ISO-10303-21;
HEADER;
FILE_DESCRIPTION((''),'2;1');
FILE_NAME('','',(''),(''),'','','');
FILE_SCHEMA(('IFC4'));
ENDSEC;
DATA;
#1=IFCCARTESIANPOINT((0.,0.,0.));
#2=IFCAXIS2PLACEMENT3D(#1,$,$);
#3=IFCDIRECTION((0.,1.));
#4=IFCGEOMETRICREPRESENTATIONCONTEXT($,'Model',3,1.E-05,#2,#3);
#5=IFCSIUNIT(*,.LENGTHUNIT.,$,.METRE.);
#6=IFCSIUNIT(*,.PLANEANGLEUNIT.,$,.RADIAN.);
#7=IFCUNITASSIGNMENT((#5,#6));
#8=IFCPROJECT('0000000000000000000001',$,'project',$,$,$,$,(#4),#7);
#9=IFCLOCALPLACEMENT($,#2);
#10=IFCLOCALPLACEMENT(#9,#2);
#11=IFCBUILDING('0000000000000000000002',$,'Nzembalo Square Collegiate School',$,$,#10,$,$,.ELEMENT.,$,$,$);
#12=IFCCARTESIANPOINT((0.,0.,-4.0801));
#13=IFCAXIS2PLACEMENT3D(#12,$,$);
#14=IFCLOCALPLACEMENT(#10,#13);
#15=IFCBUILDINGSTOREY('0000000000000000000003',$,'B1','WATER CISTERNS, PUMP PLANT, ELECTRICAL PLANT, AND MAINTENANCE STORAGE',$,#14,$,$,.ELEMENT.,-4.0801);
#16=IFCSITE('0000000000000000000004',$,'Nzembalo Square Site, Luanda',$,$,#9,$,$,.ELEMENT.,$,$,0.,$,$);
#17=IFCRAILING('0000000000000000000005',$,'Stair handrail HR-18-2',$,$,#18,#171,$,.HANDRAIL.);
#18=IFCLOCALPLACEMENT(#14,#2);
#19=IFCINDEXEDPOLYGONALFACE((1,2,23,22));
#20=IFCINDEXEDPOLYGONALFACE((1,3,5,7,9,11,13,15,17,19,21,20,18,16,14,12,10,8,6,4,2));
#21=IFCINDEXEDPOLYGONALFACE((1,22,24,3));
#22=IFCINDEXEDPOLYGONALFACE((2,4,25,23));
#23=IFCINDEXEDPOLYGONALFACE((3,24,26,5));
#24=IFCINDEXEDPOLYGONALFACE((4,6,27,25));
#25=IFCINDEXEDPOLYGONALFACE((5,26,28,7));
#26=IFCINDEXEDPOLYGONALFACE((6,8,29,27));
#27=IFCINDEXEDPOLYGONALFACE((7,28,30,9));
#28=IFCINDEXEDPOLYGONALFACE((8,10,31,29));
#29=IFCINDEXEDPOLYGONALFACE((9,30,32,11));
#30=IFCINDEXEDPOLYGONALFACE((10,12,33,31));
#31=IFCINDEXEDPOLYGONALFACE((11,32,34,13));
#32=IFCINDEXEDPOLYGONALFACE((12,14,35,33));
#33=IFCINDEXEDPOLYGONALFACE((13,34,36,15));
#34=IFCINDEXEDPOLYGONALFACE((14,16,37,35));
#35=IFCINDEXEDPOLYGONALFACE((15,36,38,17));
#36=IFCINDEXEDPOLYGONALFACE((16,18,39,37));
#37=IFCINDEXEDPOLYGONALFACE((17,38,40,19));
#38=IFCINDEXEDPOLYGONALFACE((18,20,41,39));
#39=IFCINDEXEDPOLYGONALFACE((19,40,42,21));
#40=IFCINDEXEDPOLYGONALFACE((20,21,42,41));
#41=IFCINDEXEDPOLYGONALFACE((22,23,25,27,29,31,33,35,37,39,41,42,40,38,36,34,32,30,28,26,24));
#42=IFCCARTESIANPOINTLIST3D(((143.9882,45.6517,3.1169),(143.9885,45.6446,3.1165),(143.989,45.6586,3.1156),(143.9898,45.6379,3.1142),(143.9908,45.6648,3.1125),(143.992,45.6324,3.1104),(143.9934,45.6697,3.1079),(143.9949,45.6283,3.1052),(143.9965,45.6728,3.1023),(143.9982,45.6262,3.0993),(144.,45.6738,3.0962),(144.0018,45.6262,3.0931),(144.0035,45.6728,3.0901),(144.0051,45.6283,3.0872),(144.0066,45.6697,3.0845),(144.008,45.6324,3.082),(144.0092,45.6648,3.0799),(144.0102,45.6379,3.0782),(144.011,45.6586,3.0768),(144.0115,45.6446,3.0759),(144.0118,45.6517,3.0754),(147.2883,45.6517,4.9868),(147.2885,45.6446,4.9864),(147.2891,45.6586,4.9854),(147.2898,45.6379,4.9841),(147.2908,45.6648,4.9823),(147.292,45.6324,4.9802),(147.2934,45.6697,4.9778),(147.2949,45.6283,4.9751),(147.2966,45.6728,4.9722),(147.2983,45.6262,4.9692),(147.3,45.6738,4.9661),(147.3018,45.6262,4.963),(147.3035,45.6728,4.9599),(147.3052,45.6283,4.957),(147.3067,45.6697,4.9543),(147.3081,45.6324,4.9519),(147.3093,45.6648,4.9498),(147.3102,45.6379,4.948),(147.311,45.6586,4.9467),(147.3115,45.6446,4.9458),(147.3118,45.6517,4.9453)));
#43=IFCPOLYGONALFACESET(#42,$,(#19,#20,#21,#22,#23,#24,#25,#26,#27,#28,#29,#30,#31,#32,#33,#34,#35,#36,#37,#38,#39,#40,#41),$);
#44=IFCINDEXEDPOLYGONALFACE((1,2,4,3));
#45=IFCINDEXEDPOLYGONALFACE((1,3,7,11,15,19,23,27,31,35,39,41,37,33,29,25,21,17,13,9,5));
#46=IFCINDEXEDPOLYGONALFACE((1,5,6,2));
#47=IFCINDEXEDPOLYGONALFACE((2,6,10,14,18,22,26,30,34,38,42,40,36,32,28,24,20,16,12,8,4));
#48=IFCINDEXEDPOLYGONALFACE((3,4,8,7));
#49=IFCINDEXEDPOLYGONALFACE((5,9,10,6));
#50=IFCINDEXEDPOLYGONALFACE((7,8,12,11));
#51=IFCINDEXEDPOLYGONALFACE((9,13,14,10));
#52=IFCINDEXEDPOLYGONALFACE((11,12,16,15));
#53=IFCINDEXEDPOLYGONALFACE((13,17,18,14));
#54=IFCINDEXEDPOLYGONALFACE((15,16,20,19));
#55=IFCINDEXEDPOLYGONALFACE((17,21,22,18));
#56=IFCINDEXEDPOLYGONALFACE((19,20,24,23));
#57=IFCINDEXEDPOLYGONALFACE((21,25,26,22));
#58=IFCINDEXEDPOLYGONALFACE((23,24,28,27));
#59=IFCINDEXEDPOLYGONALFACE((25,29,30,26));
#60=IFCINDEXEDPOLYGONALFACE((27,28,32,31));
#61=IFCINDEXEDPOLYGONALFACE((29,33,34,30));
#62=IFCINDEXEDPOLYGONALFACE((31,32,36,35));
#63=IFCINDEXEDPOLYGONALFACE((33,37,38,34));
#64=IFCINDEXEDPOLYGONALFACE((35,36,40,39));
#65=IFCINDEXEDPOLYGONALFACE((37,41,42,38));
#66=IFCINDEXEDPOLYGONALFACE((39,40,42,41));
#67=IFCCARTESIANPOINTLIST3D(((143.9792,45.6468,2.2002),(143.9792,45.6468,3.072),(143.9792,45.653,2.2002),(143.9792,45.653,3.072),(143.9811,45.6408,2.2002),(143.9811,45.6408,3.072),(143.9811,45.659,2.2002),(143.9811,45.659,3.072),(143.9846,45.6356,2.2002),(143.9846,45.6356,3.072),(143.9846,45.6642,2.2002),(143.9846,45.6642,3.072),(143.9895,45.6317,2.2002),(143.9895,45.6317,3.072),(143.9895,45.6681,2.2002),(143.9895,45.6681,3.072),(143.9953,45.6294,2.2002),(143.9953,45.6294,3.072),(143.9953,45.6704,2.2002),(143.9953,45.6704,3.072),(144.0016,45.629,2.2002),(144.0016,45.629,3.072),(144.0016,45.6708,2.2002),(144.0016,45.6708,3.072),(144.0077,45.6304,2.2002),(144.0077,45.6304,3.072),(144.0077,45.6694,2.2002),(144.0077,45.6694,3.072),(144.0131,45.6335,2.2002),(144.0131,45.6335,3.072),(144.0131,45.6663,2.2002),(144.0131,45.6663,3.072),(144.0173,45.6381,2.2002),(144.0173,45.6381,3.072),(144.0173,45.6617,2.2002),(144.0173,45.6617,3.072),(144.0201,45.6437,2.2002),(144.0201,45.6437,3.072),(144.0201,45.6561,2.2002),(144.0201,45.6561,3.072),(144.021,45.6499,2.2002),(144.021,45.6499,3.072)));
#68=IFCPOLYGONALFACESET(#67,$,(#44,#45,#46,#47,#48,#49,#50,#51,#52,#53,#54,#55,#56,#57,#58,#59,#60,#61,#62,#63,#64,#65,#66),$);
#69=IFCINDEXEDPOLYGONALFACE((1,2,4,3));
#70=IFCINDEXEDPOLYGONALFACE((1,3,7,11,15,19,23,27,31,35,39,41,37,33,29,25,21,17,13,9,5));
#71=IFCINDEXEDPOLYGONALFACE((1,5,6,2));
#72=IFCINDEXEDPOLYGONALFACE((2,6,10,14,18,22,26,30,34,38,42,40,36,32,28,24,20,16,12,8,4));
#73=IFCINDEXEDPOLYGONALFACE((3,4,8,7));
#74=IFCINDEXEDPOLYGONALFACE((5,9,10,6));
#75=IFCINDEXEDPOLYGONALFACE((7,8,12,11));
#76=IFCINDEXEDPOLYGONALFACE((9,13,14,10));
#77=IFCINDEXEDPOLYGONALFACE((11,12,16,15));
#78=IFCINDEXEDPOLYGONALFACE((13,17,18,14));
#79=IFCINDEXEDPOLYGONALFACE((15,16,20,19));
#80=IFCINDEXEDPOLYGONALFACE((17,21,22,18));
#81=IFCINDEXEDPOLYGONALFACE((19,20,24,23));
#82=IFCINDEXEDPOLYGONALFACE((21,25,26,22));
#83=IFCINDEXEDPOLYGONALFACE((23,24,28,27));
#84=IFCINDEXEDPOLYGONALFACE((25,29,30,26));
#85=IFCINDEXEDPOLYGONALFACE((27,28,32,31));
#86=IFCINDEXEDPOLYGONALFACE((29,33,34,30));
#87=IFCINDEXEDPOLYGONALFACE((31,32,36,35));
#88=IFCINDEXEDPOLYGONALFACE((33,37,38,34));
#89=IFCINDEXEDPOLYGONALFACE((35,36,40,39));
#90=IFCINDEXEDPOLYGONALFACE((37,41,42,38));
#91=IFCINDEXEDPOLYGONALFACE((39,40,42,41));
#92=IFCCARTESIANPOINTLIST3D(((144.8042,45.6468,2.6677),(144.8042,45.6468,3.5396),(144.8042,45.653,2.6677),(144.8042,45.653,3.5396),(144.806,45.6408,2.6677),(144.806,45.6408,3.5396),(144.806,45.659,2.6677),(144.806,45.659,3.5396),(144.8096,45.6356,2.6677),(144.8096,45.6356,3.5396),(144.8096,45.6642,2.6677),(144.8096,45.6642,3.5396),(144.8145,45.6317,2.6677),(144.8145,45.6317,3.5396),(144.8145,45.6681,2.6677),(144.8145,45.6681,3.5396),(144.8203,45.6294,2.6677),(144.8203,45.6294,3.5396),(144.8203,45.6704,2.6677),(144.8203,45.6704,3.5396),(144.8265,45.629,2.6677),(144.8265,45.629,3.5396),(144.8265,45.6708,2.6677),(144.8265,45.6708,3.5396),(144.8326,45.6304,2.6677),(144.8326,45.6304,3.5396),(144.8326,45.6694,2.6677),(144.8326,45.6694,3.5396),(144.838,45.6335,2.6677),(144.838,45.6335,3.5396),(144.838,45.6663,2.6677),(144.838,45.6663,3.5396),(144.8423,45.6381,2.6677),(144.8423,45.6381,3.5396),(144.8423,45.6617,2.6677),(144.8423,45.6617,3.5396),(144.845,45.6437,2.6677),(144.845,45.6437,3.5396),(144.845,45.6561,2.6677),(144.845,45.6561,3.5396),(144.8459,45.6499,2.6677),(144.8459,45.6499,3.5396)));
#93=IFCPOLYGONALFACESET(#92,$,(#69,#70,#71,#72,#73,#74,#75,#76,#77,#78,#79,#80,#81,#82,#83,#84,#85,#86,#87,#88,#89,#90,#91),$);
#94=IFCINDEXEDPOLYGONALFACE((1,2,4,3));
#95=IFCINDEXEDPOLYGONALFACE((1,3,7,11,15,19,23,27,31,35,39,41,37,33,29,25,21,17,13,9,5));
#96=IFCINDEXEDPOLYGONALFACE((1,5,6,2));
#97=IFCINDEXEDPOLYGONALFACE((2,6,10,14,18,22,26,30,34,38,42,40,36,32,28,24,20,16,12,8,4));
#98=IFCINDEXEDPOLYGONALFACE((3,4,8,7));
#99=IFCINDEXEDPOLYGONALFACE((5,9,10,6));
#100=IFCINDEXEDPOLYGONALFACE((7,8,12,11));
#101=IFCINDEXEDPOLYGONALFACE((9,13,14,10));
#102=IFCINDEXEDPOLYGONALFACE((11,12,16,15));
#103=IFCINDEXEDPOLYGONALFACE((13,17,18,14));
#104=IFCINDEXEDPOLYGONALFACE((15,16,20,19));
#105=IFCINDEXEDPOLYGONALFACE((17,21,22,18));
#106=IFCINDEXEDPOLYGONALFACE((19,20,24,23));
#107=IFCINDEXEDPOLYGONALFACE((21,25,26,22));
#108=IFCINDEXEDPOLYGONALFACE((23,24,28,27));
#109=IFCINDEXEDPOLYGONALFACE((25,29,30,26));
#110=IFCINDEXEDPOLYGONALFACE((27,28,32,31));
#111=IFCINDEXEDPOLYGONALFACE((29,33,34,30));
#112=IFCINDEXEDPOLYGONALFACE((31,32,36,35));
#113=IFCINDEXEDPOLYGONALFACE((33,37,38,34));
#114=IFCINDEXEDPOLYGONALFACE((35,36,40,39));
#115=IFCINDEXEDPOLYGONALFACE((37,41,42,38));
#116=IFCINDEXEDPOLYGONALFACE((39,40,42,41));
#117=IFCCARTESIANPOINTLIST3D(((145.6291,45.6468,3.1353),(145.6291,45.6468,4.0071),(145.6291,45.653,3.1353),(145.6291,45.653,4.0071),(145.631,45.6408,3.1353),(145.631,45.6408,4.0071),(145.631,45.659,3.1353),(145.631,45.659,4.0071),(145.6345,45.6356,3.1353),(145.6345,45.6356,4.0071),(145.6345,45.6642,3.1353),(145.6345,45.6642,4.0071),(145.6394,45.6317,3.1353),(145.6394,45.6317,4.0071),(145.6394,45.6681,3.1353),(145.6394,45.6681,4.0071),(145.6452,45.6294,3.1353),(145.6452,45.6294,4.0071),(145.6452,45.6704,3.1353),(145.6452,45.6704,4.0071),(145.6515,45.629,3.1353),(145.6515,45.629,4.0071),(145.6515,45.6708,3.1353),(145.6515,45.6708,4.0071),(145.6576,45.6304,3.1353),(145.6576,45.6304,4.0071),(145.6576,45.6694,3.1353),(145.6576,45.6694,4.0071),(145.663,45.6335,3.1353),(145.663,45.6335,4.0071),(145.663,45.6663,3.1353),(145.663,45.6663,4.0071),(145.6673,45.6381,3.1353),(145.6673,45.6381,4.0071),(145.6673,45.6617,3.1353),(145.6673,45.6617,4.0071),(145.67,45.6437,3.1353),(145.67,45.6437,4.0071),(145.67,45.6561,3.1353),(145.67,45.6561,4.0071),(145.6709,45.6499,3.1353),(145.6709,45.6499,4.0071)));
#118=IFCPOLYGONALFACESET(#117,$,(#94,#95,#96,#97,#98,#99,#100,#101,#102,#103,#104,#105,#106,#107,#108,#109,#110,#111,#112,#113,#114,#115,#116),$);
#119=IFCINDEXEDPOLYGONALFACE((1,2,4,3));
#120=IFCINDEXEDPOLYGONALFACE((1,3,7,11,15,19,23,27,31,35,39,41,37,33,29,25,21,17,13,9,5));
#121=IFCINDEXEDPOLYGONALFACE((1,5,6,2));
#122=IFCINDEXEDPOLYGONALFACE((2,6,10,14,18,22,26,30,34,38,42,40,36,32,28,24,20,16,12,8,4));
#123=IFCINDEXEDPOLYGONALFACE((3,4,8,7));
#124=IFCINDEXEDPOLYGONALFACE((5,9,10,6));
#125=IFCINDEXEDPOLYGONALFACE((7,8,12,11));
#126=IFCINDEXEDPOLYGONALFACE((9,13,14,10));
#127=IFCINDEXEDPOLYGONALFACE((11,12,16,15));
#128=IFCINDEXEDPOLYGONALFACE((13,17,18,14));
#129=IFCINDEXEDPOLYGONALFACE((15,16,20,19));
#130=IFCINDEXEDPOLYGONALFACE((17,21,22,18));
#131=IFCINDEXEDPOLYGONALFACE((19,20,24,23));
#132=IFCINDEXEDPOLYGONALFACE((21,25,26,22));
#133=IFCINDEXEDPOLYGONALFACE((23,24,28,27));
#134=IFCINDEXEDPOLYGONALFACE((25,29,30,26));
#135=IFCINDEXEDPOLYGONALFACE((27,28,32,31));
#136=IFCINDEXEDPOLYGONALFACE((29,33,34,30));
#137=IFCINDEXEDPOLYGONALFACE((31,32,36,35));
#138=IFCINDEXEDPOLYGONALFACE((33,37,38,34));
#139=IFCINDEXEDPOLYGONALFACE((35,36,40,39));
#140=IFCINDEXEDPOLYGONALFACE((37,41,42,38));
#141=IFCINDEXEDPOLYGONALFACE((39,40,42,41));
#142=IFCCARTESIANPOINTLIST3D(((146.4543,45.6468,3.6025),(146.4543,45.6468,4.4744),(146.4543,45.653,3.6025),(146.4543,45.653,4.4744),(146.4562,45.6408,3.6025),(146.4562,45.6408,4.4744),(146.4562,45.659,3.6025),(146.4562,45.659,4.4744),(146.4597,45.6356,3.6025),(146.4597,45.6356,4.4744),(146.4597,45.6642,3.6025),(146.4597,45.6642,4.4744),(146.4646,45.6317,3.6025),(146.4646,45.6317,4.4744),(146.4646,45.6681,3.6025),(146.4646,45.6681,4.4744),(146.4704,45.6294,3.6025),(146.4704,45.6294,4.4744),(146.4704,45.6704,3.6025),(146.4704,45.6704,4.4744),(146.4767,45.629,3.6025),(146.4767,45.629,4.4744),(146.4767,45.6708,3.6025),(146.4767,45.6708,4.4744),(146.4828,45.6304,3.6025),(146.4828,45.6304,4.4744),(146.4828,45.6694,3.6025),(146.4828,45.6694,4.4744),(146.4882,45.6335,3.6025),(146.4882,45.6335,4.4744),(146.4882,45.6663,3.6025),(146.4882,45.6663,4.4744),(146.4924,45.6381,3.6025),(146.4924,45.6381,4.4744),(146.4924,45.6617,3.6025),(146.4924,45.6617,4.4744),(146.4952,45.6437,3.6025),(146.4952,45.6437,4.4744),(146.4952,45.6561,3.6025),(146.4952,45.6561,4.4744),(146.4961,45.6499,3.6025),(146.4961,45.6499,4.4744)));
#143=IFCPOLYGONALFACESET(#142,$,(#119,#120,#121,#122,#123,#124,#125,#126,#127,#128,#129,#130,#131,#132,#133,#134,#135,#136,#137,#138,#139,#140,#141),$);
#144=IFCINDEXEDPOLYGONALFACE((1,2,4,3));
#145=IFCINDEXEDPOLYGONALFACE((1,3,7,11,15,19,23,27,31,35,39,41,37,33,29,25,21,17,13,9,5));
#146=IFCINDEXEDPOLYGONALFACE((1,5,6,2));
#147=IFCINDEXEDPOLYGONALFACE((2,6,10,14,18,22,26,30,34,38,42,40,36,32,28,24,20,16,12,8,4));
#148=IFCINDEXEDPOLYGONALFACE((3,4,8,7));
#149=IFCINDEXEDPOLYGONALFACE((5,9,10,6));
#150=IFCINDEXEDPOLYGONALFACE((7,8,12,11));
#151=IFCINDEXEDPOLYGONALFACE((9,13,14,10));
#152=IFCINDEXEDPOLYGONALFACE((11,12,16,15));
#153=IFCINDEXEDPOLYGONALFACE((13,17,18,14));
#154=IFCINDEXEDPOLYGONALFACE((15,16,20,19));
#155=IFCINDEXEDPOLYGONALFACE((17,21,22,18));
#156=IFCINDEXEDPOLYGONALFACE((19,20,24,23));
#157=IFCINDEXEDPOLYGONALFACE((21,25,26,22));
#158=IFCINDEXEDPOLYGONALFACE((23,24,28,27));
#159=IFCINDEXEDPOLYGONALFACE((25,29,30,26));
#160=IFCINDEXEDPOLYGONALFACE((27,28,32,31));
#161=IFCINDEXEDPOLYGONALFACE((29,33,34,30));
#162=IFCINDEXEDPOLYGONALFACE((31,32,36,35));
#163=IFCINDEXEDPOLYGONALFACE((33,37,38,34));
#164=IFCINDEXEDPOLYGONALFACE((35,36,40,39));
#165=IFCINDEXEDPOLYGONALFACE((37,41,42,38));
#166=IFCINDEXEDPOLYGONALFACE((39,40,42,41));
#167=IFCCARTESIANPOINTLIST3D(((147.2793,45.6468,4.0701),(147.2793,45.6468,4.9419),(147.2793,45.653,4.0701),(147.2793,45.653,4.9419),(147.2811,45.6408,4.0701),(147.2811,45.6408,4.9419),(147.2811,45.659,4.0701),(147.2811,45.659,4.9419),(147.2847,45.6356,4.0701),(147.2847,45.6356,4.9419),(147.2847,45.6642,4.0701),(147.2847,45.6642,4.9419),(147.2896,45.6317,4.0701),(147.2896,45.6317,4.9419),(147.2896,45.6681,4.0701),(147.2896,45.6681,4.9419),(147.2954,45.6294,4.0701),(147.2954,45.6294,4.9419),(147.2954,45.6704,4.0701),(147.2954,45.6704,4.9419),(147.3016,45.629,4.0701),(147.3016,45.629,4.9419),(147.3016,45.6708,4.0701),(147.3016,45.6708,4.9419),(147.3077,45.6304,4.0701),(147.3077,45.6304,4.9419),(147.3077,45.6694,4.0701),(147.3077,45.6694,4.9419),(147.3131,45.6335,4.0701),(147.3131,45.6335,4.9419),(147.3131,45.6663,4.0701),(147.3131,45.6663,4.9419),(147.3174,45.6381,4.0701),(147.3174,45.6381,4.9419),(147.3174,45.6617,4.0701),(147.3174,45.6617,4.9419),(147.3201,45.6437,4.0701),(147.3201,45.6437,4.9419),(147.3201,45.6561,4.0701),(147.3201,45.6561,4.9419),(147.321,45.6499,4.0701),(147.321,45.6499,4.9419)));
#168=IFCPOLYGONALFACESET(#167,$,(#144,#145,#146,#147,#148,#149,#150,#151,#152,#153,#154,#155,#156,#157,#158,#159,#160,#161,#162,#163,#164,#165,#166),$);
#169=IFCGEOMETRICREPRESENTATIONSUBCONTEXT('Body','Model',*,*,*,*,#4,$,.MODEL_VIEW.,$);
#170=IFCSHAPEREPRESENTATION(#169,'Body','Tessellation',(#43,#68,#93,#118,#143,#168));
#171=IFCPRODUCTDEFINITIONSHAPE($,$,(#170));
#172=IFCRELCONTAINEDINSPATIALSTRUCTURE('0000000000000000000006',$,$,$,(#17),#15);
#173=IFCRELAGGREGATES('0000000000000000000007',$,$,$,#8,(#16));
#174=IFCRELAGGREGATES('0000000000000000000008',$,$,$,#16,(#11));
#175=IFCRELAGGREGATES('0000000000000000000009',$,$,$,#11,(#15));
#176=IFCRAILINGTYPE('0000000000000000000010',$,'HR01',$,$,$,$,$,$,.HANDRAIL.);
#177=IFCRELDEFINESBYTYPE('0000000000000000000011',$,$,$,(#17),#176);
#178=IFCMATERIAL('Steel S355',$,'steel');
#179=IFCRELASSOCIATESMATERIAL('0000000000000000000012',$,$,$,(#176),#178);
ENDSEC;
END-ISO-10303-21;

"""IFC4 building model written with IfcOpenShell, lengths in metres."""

from ifc_helpers import new_model, si_unit, direction, frame, origin, origin_2d, place, context, subcontext, project, spatial, circle, extrude, material, type_object, element, save


model = new_model("IFC4")

# Units and contexts
model_context = context("Model", 3, precision=1e-05, world=origin(), true_north=direction((0.0, 1.0)))
body_context = subcontext(model_context, "Body", "Model", "MODEL_VIEW")
ifc_project = project(units=[si_unit("LENGTHUNIT", "METRE"), si_unit("PLANEANGLEUNIT", "RADIAN")], contexts=[model_context])

# Site, building, storey
site_placement = place(None, origin())
site = spatial("IfcSite", under=ifc_project, at=site_placement, Name="Nzembalo Square Site, Luanda", CompositionType="ELEMENT", RefElevation=0.0)
building_placement = place(site_placement, origin())
building = spatial("IfcBuilding", under=site, at=building_placement, Name="Nzembalo Square Collegiate School", CompositionType="ELEMENT")
storey_placement = place(building_placement, frame((0.0, 0.0, -4.0801)))
storey = spatial("IfcBuildingStorey", under=building, at=storey_placement, Name="B1", Description="WATER CISTERNS, PUMP PLANT, ELECTRICAL PLANT, AND MAINTENANCE STORAGE", CompositionType="ELEMENT", Elevation=-4.0801)

# Railing
ifc_material_1 = material(Name="Steel S355", Category="steel")
railing_type_1 = type_object("IfcRailingType", Name="HR01", PredefinedType="HANDRAIL", material=ifc_material_1)
railing_1_placement = place(storey_placement, frame((144.0, 45.6499, 2.2002)))
element("IfcRailing", 1, at=railing_1_placement, inside=storey, type_object=railing_type_1, Name="Stair handrail HR-18-2", PredefinedType="HANDRAIL", context=body_context, shape_type="SweptSolid", body=[
    extrude(circle(Radius=0.0239, at=origin_2d()), frame((0.0, 0.0, 0.896), z_axis=(0.87004, 0.0, 0.492982), x_axis=(0.0, 1.0, 0.0)), (0.0, 0.0, 1.0), 3.793),
    extrude(circle(Radius=0.021, at=origin_2d()), origin(), (0.0, 0.0, 1.0), 0.8718),
    extrude(circle(Radius=0.021, at=origin_2d()), frame((0.825, 0.0, 0.4675)), (0.0, 0.0, 1.0), 0.8718),
    extrude(circle(Radius=0.021, at=origin_2d()), frame((1.6499, 0.0, 0.9351)), (0.0, 0.0, 1.0), 0.8718),
    extrude(circle(Radius=0.021, at=origin_2d()), frame((2.4751, 0.0, 1.4023)), (0.0, 0.0, 1.0), 0.8718),
    extrude(circle(Radius=0.021, at=origin_2d()), frame((3.3, 0.0, 1.8699)), (0.0, 0.0, 1.0), 0.8718),
])

save(model, "model.ifc")
